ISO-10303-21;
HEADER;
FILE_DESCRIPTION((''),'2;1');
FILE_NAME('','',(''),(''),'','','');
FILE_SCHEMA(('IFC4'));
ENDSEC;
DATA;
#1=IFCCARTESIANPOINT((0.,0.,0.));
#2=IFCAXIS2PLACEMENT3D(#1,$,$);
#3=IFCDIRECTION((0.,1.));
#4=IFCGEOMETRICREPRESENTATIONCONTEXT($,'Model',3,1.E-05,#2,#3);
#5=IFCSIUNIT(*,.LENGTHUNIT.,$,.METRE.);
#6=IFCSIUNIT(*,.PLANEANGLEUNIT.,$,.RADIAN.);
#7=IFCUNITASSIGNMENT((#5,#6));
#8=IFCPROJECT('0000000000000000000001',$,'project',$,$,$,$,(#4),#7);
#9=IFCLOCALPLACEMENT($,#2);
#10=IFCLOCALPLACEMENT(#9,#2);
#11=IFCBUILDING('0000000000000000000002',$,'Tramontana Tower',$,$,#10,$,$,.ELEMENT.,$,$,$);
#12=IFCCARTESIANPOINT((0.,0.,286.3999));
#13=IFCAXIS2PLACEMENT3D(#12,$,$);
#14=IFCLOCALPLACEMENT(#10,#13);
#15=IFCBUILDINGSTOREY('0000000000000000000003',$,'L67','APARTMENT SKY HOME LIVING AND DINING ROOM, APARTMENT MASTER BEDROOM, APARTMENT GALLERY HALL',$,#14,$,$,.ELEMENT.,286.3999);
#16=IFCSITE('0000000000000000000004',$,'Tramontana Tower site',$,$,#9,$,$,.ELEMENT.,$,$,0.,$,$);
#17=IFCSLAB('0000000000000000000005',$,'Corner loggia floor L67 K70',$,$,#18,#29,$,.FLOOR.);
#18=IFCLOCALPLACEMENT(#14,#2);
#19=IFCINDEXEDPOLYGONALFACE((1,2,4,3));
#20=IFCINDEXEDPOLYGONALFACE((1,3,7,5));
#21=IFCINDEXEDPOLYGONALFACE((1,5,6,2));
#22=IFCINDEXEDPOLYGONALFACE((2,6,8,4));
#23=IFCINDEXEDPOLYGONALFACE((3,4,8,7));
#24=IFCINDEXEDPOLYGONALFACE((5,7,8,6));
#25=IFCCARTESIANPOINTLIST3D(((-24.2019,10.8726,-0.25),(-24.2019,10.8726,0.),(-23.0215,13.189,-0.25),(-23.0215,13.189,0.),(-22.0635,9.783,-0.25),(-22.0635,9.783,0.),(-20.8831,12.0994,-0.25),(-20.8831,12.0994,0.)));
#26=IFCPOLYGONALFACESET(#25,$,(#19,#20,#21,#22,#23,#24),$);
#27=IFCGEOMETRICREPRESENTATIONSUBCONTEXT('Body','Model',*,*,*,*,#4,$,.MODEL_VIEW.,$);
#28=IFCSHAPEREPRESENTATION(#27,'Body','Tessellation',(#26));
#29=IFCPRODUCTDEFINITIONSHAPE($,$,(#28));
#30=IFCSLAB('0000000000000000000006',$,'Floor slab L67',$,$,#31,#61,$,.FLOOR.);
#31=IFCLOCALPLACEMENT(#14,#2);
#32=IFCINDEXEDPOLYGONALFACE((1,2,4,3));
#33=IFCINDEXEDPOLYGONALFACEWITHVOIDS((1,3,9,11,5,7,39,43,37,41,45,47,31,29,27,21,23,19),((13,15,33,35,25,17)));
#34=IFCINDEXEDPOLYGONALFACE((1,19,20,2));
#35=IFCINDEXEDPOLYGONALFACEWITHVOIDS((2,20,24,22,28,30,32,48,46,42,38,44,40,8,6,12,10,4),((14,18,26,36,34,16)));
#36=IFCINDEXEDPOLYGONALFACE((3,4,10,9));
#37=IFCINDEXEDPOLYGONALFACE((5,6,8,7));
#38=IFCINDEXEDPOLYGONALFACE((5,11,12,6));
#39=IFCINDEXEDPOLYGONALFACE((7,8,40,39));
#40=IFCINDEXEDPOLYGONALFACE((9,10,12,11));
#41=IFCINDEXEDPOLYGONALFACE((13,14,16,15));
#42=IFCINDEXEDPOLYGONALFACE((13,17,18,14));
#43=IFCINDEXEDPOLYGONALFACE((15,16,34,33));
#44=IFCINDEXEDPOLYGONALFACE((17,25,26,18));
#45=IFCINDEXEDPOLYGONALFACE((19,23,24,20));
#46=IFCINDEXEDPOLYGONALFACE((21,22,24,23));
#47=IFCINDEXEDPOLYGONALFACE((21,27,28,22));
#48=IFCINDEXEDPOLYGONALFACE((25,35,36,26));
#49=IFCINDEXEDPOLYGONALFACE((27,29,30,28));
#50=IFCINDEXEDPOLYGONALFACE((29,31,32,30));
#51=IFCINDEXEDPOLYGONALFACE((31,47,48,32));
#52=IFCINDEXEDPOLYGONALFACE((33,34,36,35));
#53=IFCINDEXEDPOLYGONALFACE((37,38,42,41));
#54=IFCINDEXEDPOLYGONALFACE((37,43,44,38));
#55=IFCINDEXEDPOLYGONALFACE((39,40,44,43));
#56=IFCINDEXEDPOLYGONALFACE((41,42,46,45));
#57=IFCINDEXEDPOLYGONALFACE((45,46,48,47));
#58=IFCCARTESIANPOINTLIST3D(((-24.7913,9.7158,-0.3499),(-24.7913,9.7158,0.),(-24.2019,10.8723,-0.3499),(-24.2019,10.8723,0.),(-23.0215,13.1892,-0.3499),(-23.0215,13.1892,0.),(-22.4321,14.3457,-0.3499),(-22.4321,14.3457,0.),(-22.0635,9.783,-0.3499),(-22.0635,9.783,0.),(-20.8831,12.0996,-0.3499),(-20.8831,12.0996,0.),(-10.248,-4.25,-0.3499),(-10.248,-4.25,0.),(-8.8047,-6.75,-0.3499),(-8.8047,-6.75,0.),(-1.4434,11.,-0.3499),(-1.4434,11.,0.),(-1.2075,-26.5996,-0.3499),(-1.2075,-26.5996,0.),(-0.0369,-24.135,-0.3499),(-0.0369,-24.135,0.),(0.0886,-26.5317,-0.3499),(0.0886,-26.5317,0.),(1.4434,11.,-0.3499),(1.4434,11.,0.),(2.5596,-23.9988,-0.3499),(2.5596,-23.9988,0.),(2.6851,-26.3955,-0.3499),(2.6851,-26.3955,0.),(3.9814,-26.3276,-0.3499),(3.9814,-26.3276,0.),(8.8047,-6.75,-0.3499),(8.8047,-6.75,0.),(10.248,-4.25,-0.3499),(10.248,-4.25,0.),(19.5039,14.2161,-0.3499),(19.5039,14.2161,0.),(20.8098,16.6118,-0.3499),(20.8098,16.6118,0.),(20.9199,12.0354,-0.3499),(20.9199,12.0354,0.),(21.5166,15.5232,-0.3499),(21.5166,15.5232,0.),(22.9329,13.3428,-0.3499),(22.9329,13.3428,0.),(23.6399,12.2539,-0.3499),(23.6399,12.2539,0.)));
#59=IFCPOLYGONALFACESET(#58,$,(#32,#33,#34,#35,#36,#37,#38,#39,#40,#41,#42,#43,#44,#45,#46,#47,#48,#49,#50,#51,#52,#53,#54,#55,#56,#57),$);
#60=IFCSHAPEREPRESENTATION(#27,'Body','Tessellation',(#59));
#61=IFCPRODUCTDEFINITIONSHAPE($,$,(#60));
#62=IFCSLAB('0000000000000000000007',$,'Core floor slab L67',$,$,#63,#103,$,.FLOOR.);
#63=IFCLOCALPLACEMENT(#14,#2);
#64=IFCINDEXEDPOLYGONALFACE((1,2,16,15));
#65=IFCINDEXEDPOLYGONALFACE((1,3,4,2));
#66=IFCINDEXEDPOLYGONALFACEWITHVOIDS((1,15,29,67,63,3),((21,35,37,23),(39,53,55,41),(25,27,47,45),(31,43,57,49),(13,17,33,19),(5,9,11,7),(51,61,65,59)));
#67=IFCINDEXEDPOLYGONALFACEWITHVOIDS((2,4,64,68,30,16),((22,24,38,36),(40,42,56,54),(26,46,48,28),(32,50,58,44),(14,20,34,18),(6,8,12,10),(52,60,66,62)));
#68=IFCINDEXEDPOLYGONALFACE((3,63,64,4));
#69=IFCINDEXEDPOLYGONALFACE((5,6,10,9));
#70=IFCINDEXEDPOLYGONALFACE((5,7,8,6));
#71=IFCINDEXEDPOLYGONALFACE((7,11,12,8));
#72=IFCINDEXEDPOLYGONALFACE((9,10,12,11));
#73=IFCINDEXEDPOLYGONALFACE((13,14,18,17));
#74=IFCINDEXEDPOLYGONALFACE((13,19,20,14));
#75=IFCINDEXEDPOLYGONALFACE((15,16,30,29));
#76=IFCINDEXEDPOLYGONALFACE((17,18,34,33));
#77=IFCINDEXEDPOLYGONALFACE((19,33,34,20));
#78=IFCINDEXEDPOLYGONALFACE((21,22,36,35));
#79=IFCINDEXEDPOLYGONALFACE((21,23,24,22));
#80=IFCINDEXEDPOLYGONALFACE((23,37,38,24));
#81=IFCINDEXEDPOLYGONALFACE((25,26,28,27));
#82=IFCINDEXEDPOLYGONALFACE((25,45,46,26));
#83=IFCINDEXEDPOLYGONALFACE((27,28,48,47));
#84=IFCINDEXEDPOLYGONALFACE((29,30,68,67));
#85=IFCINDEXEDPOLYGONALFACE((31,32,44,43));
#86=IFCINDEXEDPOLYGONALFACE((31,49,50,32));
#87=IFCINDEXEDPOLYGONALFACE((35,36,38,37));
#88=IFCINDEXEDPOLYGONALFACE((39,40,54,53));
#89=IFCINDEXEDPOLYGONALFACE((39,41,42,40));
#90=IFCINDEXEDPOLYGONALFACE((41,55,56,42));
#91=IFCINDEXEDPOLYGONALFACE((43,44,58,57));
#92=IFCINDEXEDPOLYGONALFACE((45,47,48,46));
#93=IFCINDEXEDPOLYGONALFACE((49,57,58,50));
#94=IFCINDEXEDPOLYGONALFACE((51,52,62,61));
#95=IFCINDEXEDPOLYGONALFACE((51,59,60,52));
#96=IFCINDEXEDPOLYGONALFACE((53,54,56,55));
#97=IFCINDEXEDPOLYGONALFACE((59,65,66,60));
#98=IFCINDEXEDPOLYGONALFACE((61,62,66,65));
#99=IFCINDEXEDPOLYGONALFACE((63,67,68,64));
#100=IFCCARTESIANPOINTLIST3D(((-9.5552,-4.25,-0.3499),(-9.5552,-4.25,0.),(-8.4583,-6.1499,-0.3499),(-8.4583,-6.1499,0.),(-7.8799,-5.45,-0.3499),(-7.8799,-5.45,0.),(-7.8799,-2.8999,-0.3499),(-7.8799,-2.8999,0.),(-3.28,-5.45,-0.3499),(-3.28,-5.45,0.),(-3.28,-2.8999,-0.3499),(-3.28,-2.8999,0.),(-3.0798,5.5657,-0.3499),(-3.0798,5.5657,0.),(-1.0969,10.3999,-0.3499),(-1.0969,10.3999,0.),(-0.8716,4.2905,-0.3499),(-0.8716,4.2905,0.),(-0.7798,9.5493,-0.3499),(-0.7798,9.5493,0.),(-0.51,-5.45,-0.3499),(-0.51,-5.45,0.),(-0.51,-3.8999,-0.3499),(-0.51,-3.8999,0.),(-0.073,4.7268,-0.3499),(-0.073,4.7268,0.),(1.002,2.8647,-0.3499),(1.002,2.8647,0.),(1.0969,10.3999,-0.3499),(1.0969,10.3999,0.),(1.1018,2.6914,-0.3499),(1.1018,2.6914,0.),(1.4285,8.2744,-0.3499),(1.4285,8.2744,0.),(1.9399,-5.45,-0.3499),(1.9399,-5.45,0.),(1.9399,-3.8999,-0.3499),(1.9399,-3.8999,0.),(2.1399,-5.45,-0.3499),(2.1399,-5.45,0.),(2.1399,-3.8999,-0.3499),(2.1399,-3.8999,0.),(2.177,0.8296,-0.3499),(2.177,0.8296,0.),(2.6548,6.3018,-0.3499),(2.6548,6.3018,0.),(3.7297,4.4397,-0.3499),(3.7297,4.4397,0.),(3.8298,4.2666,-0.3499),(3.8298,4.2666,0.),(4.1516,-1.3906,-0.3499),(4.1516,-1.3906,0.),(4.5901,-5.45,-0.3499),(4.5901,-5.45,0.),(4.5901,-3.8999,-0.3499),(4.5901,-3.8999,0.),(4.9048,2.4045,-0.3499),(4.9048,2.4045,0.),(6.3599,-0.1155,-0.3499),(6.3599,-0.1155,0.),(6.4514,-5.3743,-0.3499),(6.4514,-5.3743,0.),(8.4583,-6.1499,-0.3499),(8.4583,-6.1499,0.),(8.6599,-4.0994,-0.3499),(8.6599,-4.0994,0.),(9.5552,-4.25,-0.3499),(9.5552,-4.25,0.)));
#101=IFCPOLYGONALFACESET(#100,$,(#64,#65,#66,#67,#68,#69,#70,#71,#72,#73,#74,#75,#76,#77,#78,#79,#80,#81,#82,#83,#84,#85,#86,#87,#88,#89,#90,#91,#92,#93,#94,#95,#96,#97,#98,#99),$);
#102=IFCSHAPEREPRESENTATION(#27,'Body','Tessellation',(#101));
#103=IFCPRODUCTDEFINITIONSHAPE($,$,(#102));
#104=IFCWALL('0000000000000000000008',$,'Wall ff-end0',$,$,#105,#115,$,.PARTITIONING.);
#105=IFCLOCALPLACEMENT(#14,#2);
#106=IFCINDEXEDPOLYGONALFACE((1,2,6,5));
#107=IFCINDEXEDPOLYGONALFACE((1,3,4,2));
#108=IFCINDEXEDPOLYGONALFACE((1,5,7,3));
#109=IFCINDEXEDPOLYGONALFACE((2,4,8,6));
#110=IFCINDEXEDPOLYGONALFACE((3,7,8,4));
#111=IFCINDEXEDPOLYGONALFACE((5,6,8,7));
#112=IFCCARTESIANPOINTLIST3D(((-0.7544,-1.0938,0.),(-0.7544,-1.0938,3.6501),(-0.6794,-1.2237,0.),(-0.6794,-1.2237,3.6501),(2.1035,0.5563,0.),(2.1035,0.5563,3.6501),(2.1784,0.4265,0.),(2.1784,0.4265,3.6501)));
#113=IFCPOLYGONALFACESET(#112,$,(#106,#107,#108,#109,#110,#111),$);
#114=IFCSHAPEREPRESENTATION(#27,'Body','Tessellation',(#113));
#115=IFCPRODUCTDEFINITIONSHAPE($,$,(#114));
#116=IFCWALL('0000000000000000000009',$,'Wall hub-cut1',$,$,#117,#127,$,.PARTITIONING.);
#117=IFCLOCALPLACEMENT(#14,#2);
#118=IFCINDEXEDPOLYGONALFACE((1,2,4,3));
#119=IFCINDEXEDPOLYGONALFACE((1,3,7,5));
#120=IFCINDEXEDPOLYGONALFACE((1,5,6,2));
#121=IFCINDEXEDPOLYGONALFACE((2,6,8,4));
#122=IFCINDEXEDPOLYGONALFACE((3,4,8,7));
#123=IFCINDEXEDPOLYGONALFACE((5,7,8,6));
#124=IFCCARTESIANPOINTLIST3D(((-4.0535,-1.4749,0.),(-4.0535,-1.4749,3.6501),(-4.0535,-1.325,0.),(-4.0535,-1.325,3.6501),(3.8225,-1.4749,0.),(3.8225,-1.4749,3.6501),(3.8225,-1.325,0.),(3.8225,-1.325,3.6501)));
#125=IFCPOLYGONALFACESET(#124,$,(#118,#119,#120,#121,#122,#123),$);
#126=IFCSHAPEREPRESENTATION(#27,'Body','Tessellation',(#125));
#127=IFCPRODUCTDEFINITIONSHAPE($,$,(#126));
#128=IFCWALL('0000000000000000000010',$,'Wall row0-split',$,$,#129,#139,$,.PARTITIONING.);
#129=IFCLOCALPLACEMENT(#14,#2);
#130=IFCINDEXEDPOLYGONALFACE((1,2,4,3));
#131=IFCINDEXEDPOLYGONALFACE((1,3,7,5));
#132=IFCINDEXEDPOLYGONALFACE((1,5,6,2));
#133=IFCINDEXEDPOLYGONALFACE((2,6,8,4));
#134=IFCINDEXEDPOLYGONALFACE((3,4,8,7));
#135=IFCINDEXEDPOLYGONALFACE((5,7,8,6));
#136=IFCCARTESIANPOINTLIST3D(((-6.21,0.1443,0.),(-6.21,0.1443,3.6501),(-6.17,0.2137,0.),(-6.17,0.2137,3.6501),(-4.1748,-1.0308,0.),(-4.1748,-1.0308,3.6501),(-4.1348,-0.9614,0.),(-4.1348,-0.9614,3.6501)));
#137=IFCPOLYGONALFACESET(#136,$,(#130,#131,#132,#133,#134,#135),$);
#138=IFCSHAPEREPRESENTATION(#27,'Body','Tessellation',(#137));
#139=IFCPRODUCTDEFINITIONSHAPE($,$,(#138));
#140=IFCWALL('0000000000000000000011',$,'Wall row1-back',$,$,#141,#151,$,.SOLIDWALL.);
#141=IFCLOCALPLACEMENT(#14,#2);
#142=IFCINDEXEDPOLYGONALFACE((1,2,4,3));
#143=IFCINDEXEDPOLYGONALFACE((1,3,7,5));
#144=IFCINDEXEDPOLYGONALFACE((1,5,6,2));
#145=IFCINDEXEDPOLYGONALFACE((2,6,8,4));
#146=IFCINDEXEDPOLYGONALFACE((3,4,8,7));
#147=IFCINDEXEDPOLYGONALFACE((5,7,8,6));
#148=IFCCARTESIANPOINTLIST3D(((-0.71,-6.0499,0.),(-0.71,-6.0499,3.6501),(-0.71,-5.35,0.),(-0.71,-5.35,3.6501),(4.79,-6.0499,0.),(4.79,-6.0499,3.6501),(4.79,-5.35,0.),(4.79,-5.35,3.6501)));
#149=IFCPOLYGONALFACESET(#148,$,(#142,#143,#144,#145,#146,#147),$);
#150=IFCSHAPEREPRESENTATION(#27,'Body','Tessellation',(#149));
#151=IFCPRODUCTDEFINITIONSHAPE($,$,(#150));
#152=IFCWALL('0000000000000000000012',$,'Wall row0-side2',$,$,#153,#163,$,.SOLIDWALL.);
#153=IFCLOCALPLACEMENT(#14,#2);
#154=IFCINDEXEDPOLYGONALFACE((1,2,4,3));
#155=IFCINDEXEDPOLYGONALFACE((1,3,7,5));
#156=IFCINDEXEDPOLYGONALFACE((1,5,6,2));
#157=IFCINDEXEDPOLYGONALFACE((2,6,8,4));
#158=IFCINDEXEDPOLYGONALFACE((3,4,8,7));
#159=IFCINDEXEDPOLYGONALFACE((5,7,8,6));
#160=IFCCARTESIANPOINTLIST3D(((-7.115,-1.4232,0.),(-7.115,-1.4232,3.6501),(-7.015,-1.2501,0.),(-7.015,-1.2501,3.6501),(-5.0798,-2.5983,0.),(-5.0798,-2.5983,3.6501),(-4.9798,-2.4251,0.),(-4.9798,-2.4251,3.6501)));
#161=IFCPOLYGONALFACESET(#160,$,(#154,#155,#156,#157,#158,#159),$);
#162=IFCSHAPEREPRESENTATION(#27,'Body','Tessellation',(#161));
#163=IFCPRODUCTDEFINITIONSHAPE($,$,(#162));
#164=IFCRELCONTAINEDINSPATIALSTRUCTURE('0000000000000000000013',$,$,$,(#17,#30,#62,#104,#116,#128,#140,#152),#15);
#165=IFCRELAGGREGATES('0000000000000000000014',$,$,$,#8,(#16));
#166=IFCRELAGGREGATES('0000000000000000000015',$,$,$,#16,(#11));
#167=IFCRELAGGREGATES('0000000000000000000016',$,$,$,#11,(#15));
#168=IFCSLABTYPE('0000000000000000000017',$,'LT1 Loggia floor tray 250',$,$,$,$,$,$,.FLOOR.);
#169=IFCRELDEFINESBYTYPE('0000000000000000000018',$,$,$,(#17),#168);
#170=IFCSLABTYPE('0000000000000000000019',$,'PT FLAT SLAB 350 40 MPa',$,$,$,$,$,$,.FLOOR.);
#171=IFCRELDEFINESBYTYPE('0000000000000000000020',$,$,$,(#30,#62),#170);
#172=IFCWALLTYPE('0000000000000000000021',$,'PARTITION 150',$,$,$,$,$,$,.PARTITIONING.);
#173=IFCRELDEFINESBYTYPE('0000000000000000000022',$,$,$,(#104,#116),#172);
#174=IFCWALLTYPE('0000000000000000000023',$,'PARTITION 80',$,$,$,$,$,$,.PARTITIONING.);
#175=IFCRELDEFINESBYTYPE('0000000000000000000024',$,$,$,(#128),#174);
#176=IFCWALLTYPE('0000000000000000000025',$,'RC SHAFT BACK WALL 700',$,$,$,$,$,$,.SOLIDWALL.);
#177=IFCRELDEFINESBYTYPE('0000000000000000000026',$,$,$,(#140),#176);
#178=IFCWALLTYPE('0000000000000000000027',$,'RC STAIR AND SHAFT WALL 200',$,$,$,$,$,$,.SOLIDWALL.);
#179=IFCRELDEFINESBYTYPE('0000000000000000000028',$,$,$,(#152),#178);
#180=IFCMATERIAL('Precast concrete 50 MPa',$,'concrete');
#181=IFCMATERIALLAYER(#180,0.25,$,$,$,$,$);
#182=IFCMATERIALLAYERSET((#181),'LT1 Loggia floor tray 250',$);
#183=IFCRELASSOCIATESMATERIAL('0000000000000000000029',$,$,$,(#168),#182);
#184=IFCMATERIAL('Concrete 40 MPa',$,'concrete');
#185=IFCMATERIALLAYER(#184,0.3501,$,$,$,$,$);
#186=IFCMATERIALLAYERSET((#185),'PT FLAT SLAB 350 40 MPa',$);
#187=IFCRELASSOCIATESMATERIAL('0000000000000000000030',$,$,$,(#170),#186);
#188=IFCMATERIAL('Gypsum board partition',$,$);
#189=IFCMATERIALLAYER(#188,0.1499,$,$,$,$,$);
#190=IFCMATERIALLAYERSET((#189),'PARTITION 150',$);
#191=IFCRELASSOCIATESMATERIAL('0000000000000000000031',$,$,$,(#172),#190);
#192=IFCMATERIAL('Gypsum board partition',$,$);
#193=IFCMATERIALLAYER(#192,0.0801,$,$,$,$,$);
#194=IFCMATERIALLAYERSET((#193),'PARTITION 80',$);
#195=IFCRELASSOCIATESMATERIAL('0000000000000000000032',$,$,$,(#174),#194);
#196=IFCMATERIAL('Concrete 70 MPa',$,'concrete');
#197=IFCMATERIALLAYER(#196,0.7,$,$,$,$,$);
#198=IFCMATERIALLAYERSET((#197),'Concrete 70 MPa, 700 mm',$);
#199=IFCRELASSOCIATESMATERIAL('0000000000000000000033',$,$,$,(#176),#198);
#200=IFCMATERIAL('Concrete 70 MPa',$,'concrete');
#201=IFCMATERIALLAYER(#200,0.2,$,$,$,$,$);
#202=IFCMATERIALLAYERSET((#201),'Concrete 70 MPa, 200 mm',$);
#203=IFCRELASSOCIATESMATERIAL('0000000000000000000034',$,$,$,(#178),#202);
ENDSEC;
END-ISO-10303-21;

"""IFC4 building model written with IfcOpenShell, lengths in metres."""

from ifc_helpers import new_model, si_unit, direction, frame, frame_2d, origin, place, context, subcontext, project, spatial, polyline, rectangle, outline, extrude, material, layer, layer_set, type_object, element, save


model = new_model("IFC4")

# Units and contexts
model_context = context("Model", 3, precision=1e-05, world=origin(), true_north=direction((0.0, 1.0)))
body_context = subcontext(model_context, "Body", "Model", "MODEL_VIEW")
ifc_project = project(units=[si_unit("LENGTHUNIT", "METRE"), si_unit("PLANEANGLEUNIT", "RADIAN")], contexts=[model_context])

# Site, building, storey
site_placement = place(None, origin())
site = spatial("IfcSite", under=ifc_project, at=site_placement, Name="Tramontana Tower site", CompositionType="ELEMENT", RefElevation=0.0)
building_placement = place(site_placement, origin())
building = spatial("IfcBuilding", under=site, at=building_placement, Name="Tramontana Tower", CompositionType="ELEMENT")
storey_placement = place(building_placement, frame((0.0, 0.0, 286.3999)))
storey = spatial("IfcBuildingStorey", under=building, at=storey_placement, Name="L67", Description="APARTMENT SKY HOME LIVING AND DINING ROOM, APARTMENT MASTER BEDROOM, APARTMENT GALLERY HALL", CompositionType="ELEMENT", Elevation=286.3999)

# Slabs
ifc_material_1 = material(Name="Precast concrete 50 MPa", Category="concrete")
ifc_layer_1 = layer(ifc_material_1, 0.25)
ifc_layer_set_1 = layer_set([ifc_layer_1], Name="LT1 Loggia floor tray 250")
slab_type_1 = type_object("IfcSlabType", Name="LT1 Loggia floor tray 250", PredefinedType="FLOOR", material=ifc_layer_set_1)
slab_1_placement = place(storey_placement, frame((0.0, 0.0, -0.25)))
element("IfcSlab", 1, at=slab_1_placement, inside=storey, type_object=slab_type_1, Name="Corner loggia floor L67 K70", PredefinedType="FLOOR", context=body_context, shape_type="SweptSolid", body=[
    extrude(outline(polyline([(-23.0215, 13.189), (-20.8831, 12.0994), (-22.0635, 9.783), (-24.2019, 10.8726), (-23.0215, 13.189)])), origin(), (0.0, 0.0, 1.0), 0.25),
])
ifc_material_2 = material(Name="Concrete 40 MPa", Category="concrete")
ifc_layer_2 = layer(ifc_material_2, 0.3501)
ifc_layer_set_2 = layer_set([ifc_layer_2], Name="PT FLAT SLAB 350 40 MPa")
slab_type_2 = type_object("IfcSlabType", Name="PT FLAT SLAB 350 40 MPa", PredefinedType="FLOOR", material=ifc_layer_set_2)
slab_2_placement = place(storey_placement, frame((0.0, 0.0, -0.3499)))
element("IfcSlab", 2, at=slab_2_placement, inside=storey, type_object=slab_type_2, Name="Floor slab L67", PredefinedType="FLOOR", context=body_context, shape_type="SweptSolid", body=[
    extrude(outline(polyline([(21.5166, 15.5232), (19.5039, 14.2161), (20.9199, 12.0354), (22.9329, 13.3428), (23.6399, 12.2539), (3.9814, -26.3276), (2.6851, -26.3955), (2.5596, -23.9988), (-0.0369, -24.135), (0.0886, -26.5317), (-1.2075, -26.5996), (-24.7913, 9.7158), (-24.2019, 10.8723), (-22.0635, 9.783), (-20.8831, 12.0996), (-23.0215, 13.1892), (-22.4321, 14.3457), (20.8098, 16.6118), (21.5166, 15.5232)]), holes=[polyline([(-10.248, -4.25), (-8.8047, -6.75), (8.8047, -6.75), (10.248, -4.25), (1.4434, 11.0), (-1.4434, 11.0), (-10.248, -4.25)])]), origin(), (0.0, 0.0, 1.0), 0.3499),
])
slab_3_placement = place(storey_placement, frame((0.0, 0.0, -0.3499)))
element("IfcSlab", 3, at=slab_3_placement, inside=storey, type_object=slab_type_2, Name="Core floor slab L67", PredefinedType="FLOOR", context=body_context, shape_type="SweptSolid", body=[
    extrude(outline(polyline([(9.5552, -4.25), (8.4583, -6.1499), (-8.4583, -6.1499), (-9.5552, -4.25), (-1.0969, 10.3999), (1.0969, 10.3999), (9.5552, -4.25)]), holes=[polyline([(8.6599, -4.0994), (6.3599, -0.1155), (4.1516, -1.3906), (6.4514, -5.3743), (8.6599, -4.0994)]), polyline([(3.8298, 4.2666), (1.1018, 2.6914), (2.177, 0.8296), (4.9048, 2.4045), (3.8298, 4.2666)]), polyline([(4.5901, -3.8999), (2.1399, -3.8999), (2.1399, -5.45), (4.5901, -5.45), (4.5901, -3.8999)]), polyline([(2.6548, 6.3018), (-0.073, 4.7268), (1.002, 2.8647), (3.7297, 4.4397), (2.6548, 6.3018)]), polyline([(1.9399, -5.45), (1.9399, -3.8999), (-0.51, -3.8999), (-0.51, -5.45), (1.9399, -5.45)]), polyline([(-0.7798, 9.5493), (-3.0798, 5.5657), (-0.8716, 4.2905), (1.4285, 8.2744), (-0.7798, 9.5493)]), polyline([(-7.8799, -5.45), (-3.28, -5.45), (-3.28, -2.8999), (-7.8799, -2.8999), (-7.8799, -5.45)])]), origin(), (0.0, 0.0, 1.0), 0.3499),
])

# Shared definitions
ifc_material_3 = material(Name="Gypsum board partition")
ifc_layer_3 = layer(ifc_material_3, 0.1499)
ifc_layer_set_3 = layer_set([ifc_layer_3], Name="PARTITION 150")
wall_type_1 = type_object("IfcWallType", Name="PARTITION 150", PredefinedType="PARTITIONING", material=ifc_layer_set_3)

# Walls
wall_1_placement = place(storey_placement, frame((-0.7168, -1.1587, 0.0), z_axis=(0.0, 0.0, 1.0), x_axis=(0.866008, 0.50003, 0.0)))
element("IfcWall", 4, at=wall_1_placement, inside=storey, type_object=wall_type_1, Name="Wall ff-end0", PredefinedType="PARTITIONING", context=body_context, shape_type="SweptSolid", body=[
    extrude(rectangle(XDim=3.3, YDim=0.1499, at=frame_2d((1.6499, 0.0))), origin(), (0.0, 0.0, 1.0), 3.6501),
])
wall_2_placement = place(storey_placement, frame((-4.0535, -1.3999, 0.0), z_axis=(0.0, 0.0, 1.0), x_axis=(1.0, 0.0, 0.0)))
element("IfcWall", 5, at=wall_2_placement, inside=storey, type_object=wall_type_1, Name="Wall hub-cut1", PredefinedType="PARTITIONING", context=body_context, shape_type="SweptSolid", body=[
    extrude(rectangle(XDim=7.876, YDim=0.1499, at=frame_2d((3.938, 0.0))), origin(), (0.0, 0.0, 1.0), 3.6501),
])
ifc_material_4 = material(Name="Gypsum board partition")
ifc_layer_4 = layer(ifc_material_4, 0.0801)
ifc_layer_set_4 = layer_set([ifc_layer_4], Name="PARTITION 80")
wall_type_2 = type_object("IfcWallType", Name="PARTITION 80", PredefinedType="PARTITIONING", material=ifc_layer_set_4)
wall_3_placement = place(storey_placement, frame((-4.1548, -0.9961, 0.0), z_axis=(0.0, 0.0, 1.0), x_axis=(-0.866016, 0.500016, 0.0)))
element("IfcWall", 6, at=wall_3_placement, inside=storey, type_object=wall_type_2, Name="Wall row0-split", PredefinedType="PARTITIONING", context=body_context, shape_type="SweptSolid", body=[
    extrude(rectangle(XDim=2.3501, YDim=0.0801, at=frame_2d((1.175, 0.0))), origin(), (0.0, 0.0, 1.0), 3.6501),
])
ifc_material_5 = material(Name="Concrete 70 MPa", Category="concrete")
ifc_layer_5 = layer(ifc_material_5, 0.7)
ifc_layer_set_5 = layer_set([ifc_layer_5], Name="Concrete 70 MPa, 700 mm")
wall_type_3 = type_object("IfcWallType", Name="RC SHAFT BACK WALL 700", PredefinedType="SOLIDWALL", material=ifc_layer_set_5)
wall_4_placement = place(storey_placement, frame((-0.71, -5.7, 0.0), z_axis=(0.0, 0.0, 1.0), x_axis=(1.0, 0.0, 0.0)))
element("IfcWall", 7, at=wall_4_placement, inside=storey, type_object=wall_type_3, Name="Wall row1-back", PredefinedType="SOLIDWALL", context=body_context, shape_type="SweptSolid", body=[
    extrude(rectangle(XDim=5.5, YDim=0.7, at=frame_2d((2.75, 0.0))), origin(), (0.0, 0.0, 1.0), 3.6501),
])

# Shared definitions
ifc_material_6 = material(Name="Concrete 70 MPa", Category="concrete")
ifc_layer_6 = layer(ifc_material_6, 0.2)
ifc_layer_set_6 = layer_set([ifc_layer_6], Name="Concrete 70 MPa, 200 mm")
wall_type_4 = type_object("IfcWallType", Name="RC STAIR AND SHAFT WALL 200", PredefinedType="SOLIDWALL", material=ifc_layer_set_6)

# Wall
wall_5_placement = place(storey_placement, frame((-5.0298, -2.5117, 0.0), z_axis=(0.0, 0.0, 1.0), x_axis=(-0.866016, 0.500016, 0.0)))
element("IfcWall", 8, at=wall_5_placement, inside=storey, type_object=wall_type_4, Name="Wall row0-side2", PredefinedType="SOLIDWALL", context=body_context, shape_type="SweptSolid", body=[
    extrude(rectangle(XDim=2.3501, YDim=0.2, at=frame_2d((1.175, 0.0))), origin(), (0.0, 0.0, 1.0), 3.6501),
])

save(model, "model.ifc")
